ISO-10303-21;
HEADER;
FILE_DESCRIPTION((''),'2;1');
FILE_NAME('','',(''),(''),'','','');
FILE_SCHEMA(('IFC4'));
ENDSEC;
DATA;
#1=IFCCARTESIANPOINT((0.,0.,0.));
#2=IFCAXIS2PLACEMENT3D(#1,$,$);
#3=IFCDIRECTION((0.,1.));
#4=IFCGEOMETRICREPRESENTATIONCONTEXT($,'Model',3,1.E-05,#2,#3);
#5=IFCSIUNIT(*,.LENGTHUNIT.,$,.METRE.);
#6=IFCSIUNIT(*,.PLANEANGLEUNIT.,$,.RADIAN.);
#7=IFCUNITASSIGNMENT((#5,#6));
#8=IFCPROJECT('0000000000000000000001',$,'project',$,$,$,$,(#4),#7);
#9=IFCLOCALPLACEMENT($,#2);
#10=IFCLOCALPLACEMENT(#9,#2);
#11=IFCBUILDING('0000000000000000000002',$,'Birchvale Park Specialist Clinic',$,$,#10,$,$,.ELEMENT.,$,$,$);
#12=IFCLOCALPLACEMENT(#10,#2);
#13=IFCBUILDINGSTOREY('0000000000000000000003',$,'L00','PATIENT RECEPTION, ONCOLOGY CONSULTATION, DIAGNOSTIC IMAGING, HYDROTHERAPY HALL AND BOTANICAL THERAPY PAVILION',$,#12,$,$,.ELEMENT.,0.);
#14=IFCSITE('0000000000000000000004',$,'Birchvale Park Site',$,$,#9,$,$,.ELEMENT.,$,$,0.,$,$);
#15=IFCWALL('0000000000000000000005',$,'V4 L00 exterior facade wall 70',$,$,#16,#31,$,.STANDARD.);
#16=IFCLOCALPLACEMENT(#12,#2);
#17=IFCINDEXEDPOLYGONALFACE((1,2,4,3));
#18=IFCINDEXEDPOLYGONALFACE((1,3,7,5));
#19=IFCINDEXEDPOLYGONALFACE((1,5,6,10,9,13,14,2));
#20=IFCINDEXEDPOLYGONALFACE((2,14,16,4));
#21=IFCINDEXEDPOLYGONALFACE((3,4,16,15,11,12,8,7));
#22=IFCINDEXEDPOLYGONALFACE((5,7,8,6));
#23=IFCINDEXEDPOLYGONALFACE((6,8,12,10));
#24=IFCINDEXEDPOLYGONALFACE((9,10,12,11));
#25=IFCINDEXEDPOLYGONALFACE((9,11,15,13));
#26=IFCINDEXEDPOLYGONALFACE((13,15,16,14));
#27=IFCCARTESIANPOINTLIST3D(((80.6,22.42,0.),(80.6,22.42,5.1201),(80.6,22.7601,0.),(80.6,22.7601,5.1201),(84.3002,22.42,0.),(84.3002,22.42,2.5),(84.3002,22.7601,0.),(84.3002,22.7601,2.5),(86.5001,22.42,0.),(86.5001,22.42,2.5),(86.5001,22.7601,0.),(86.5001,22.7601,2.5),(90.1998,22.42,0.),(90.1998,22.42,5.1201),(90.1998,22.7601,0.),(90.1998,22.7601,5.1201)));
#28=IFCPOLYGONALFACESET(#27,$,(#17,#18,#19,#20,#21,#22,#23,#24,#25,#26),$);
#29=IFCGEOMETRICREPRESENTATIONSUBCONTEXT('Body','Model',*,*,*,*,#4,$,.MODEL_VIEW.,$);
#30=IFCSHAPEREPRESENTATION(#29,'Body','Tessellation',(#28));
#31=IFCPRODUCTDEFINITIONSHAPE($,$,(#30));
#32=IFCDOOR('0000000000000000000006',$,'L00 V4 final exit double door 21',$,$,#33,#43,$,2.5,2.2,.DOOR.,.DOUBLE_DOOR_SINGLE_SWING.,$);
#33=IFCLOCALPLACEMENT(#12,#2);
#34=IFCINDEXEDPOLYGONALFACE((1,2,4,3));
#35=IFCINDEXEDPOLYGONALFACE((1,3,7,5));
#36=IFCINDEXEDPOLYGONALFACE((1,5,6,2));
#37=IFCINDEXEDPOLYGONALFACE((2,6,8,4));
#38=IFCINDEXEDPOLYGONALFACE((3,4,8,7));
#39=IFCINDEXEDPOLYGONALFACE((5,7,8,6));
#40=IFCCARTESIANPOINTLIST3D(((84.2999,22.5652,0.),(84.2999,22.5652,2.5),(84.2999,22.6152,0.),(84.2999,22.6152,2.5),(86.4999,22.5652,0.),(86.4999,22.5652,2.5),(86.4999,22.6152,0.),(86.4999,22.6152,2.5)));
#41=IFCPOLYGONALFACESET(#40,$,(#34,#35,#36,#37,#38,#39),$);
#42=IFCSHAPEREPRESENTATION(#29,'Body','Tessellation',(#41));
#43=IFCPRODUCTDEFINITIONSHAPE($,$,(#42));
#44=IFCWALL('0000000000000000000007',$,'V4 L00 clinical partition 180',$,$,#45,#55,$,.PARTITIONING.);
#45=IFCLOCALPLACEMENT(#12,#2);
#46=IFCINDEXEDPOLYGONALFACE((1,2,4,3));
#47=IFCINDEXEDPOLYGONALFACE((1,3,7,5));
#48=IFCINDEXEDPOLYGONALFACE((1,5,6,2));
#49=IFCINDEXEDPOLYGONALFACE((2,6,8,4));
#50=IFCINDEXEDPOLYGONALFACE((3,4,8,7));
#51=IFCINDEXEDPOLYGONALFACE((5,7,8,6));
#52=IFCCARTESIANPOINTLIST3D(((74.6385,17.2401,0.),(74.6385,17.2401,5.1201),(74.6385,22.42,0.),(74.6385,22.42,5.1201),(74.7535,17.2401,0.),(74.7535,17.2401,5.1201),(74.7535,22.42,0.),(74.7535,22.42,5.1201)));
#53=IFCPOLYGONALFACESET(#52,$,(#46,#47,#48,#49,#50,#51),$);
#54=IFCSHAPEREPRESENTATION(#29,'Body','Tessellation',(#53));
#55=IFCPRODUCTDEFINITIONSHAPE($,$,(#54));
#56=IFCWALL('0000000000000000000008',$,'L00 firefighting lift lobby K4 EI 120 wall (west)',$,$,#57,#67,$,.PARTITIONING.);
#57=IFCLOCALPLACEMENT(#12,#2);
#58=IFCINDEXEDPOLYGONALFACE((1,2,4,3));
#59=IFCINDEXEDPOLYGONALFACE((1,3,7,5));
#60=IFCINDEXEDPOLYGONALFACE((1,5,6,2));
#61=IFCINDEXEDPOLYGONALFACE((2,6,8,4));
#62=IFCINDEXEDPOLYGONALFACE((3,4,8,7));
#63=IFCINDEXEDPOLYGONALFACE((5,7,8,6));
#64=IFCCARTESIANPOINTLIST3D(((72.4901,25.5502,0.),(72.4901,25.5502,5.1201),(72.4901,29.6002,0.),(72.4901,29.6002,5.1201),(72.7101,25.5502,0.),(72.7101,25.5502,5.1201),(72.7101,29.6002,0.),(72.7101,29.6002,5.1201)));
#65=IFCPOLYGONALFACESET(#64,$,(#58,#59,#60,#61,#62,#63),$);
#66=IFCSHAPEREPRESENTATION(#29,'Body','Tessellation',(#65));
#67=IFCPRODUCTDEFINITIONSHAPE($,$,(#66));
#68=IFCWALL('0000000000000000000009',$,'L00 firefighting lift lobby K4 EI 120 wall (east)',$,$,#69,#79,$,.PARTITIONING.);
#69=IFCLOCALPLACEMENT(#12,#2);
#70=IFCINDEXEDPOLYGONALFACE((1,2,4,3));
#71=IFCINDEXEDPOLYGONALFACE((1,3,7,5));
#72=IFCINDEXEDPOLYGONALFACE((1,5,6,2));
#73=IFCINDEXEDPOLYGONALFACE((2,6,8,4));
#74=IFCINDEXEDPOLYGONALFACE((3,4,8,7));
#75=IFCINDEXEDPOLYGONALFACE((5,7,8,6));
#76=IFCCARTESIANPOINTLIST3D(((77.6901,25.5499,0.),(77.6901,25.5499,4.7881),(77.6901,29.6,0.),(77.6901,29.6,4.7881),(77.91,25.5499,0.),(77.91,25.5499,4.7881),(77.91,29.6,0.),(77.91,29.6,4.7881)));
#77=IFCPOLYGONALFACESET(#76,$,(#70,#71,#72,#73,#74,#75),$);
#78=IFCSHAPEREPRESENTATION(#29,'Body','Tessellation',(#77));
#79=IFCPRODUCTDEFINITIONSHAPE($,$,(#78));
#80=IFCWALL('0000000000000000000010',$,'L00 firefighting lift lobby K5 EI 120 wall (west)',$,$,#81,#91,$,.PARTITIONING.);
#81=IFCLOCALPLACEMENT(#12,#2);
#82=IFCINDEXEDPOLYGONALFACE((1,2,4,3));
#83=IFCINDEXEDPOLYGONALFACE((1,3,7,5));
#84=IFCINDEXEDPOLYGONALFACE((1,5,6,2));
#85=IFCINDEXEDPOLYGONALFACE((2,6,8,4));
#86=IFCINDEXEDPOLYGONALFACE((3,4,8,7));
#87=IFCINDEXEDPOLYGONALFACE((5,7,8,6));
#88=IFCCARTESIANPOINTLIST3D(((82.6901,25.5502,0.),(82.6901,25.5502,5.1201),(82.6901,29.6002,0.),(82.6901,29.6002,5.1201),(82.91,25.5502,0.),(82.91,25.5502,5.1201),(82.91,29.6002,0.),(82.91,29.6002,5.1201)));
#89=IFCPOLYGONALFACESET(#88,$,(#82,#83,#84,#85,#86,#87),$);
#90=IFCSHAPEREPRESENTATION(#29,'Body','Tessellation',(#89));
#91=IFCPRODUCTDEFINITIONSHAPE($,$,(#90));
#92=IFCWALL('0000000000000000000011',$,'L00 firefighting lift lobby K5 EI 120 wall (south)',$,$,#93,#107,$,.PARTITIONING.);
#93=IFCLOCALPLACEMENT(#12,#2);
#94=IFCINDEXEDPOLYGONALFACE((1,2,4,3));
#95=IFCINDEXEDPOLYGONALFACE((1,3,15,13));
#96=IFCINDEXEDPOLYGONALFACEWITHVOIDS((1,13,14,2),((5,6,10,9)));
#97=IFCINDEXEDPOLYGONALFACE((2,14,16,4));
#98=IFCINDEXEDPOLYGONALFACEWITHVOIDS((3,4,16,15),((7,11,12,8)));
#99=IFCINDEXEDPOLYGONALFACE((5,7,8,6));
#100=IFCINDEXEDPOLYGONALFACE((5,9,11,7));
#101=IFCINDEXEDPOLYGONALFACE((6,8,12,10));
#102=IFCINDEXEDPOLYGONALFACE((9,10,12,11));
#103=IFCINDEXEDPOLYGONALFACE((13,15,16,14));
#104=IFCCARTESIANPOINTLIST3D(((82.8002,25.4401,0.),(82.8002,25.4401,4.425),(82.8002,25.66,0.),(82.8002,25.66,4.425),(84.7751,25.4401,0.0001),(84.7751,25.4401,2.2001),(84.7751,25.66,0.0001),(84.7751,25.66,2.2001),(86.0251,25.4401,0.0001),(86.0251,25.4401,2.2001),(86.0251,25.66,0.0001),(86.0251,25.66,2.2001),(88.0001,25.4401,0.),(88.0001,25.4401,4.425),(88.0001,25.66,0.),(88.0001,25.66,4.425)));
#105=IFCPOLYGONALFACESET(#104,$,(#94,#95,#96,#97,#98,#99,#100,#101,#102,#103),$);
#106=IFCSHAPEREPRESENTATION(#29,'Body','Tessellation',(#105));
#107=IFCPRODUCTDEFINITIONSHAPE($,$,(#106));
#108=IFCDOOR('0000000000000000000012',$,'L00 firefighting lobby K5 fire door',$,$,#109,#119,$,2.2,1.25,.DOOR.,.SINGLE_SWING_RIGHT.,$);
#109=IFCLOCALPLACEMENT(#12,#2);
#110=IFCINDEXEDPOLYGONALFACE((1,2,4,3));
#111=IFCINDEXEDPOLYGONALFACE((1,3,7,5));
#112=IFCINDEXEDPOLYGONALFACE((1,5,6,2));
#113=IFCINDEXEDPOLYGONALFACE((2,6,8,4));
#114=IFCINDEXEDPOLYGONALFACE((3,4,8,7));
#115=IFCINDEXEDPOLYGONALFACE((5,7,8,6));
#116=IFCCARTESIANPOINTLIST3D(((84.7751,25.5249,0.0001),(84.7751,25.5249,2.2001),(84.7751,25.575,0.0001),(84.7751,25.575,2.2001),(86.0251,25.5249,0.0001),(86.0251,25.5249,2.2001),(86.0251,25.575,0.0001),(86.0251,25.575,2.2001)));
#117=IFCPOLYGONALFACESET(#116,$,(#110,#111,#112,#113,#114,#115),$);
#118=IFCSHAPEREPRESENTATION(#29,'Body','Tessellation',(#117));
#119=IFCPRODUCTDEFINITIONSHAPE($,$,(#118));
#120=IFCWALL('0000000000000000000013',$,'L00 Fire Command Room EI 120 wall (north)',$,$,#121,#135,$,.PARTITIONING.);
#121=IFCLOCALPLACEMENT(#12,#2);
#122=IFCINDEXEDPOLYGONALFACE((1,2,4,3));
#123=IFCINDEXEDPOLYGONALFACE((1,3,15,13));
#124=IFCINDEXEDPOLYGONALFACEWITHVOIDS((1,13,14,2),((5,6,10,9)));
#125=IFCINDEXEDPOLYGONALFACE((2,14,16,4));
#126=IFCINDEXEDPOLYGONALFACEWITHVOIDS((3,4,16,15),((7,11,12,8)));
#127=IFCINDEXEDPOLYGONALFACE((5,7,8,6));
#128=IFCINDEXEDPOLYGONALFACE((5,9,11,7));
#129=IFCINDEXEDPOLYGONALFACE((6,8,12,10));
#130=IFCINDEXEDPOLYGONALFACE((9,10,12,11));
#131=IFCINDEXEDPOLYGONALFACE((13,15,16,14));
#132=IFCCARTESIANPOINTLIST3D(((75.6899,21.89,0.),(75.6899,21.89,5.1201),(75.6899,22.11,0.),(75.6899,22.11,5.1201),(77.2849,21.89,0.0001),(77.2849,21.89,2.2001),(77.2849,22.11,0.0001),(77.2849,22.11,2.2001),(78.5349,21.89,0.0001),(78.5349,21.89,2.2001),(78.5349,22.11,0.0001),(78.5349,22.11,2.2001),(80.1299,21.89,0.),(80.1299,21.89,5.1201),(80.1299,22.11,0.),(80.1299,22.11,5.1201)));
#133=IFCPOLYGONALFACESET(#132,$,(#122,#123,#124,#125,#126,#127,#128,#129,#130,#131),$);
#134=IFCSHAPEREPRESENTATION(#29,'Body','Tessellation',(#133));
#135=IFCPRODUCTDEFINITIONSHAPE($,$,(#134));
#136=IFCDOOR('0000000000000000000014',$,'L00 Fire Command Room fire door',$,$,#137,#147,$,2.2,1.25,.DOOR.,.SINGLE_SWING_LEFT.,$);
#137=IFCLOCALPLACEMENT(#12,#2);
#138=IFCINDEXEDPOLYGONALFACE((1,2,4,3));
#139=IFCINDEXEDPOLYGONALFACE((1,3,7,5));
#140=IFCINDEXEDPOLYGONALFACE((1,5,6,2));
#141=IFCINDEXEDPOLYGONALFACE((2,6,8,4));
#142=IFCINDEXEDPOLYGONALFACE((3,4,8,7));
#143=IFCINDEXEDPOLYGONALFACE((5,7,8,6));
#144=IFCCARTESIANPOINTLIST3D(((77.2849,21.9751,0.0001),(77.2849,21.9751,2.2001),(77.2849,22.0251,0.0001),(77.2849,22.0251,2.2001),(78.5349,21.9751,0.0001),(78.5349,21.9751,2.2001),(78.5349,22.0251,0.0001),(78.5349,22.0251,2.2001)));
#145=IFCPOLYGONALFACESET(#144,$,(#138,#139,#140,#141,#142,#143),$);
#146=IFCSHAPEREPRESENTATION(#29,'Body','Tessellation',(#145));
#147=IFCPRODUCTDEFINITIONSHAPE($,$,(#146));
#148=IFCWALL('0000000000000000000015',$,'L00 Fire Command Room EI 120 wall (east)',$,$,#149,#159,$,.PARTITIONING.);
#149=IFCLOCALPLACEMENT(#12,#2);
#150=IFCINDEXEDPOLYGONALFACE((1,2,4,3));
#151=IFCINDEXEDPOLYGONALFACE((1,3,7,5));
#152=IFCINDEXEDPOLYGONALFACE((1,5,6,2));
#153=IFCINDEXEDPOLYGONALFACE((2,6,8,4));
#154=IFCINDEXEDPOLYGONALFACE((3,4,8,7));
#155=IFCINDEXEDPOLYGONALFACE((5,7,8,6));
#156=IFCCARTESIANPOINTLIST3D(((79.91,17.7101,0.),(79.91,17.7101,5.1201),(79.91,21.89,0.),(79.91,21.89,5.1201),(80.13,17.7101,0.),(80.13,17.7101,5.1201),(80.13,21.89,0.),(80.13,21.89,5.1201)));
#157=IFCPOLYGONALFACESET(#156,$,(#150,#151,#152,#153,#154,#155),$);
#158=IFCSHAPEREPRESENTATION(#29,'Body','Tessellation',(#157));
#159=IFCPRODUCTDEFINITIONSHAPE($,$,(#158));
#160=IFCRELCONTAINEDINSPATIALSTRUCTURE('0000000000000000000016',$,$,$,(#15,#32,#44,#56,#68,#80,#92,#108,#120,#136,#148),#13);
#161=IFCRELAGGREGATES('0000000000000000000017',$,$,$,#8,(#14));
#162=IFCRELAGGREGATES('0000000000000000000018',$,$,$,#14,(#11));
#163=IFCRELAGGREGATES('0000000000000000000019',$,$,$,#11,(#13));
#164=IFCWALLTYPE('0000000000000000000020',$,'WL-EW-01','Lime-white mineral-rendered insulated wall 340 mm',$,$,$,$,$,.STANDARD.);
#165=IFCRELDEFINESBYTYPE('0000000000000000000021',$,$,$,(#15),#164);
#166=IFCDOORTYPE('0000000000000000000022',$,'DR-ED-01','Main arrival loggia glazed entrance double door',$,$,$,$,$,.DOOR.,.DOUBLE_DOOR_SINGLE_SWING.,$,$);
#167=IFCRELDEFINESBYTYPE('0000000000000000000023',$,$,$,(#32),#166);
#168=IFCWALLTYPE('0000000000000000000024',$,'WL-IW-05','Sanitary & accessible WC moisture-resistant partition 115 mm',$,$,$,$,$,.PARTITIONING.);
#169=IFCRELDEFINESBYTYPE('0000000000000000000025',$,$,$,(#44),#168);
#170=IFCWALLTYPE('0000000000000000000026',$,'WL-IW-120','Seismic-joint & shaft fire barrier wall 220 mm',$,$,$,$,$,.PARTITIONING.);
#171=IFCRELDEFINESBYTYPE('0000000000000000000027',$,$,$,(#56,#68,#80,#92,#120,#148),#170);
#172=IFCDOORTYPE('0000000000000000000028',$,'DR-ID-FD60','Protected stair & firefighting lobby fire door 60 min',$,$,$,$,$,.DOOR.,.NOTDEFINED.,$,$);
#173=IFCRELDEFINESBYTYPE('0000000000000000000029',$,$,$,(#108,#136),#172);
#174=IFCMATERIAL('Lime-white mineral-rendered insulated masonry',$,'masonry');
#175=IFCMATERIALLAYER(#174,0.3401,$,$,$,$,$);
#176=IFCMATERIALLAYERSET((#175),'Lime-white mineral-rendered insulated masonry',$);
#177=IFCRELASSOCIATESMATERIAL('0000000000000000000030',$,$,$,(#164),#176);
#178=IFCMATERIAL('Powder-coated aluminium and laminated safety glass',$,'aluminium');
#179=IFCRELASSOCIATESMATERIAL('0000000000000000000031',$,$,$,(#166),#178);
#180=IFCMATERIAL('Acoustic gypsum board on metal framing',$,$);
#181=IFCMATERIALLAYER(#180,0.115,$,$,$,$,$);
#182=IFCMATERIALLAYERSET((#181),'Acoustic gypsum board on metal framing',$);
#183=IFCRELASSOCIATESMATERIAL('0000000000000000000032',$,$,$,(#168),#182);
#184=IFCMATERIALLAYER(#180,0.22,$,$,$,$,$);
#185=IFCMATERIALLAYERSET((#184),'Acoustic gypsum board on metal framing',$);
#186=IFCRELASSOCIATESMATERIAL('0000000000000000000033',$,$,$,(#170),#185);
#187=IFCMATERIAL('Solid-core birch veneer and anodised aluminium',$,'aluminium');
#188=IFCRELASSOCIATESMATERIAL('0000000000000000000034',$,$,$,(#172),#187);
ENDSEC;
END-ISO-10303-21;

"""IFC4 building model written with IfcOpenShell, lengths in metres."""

from ifc_helpers import new_model, si_unit, direction, frame, frame_2d, origin, place, context, subcontext, project, spatial, rectangle, extrude, material, layer, layer_set, type_object, element, fill, save


model = new_model("IFC4")

# Units and contexts
model_context = context("Model", 3, precision=1e-05, world=origin(), true_north=direction((0.0, 1.0)))
body_context = subcontext(model_context, "Body", "Model", "MODEL_VIEW")
ifc_project = project(units=[si_unit("LENGTHUNIT", "METRE"), si_unit("PLANEANGLEUNIT", "RADIAN")], contexts=[model_context])

# Site, building, storey
site_placement = place(None, origin())
site = spatial("IfcSite", under=ifc_project, at=site_placement, Name="Birchvale Park Site", CompositionType="ELEMENT", RefElevation=0.0)
building_placement = place(site_placement, origin())
building = spatial("IfcBuilding", under=site, at=building_placement, Name="Birchvale Park Specialist Clinic", CompositionType="ELEMENT")
storey_placement = place(building_placement, origin())
storey = spatial("IfcBuildingStorey", under=building, at=storey_placement, Name="L00", Description="PATIENT RECEPTION, ONCOLOGY CONSULTATION, DIAGNOSTIC IMAGING, HYDROTHERAPY HALL AND BOTANICAL THERAPY PAVILION", CompositionType="ELEMENT", Elevation=0.0)

# Shared definitions
ifc_material_1 = material(Name="Solid-core birch veneer and anodised aluminium", Category="aluminium")

# Wall, opening, door
ifc_material_2 = material(Name="Lime-white mineral-rendered insulated masonry", Category="masonry")
ifc_layer_1 = layer(ifc_material_2, 0.3401)
ifc_layer_set_1 = layer_set([ifc_layer_1], Name="Lime-white mineral-rendered insulated masonry")
wall_type_1 = type_object("IfcWallType", Name="WL-EW-01", Description="Lime-white mineral-rendered insulated wall 340 mm", PredefinedType="STANDARD", material=ifc_layer_set_1)
wall_1_placement = place(storey_placement, frame((80.6001, 22.5901, 0.0), z_axis=(0.0, 0.0, 1.0), x_axis=(1.0, 0.0, 0.0)))
wall_1 = element("IfcWall", 1, at=wall_1_placement, inside=storey, type_object=wall_type_1, Name="V4 L00 exterior facade wall 70", PredefinedType="STANDARD", context=body_context, shape_type="SweptSolid", body=[
    extrude(rectangle(XDim=9.5999, YDim=0.3401, at=frame_2d((4.7998, 0.0))), origin(), (0.0, 0.0, 1.0), 5.1201),
])
opening_1_placement = place(wall_1_placement, frame((3.7, 0.0, 0.0)))
opening_1 = element("IfcOpeningElement", 2, at=opening_1_placement, cuts=wall_1, PredefinedType="OPENING", context=body_context, shape_type="SweptSolid", body=[
    extrude(rectangle(XDim=2.2, YDim=2.5, at=frame_2d((1.1001, 1.25))), frame((0.0, 0.1802, 0.0), z_axis=(0.0, -1.0, 0.0), x_axis=(1.0, 0.0, 0.0)), (0.0, 0.0, 1.0), 0.3601),
])
ifc_material_3 = material(Name="Powder-coated aluminium and laminated safety glass", Category="aluminium")
door_type_1 = type_object("IfcDoorType", Name="DR-ED-01", Description="Main arrival loggia glazed entrance double door", OperationType="DOUBLE_DOOR_SINGLE_SWING", PredefinedType="DOOR", material=ifc_material_3)
door_1_placement = place(opening_1_placement, frame((2.2, 0.0, 0.0), z_axis=(0.0, 0.0, 1.0), x_axis=(-1.0, 0.0, 0.0)))
door_1 = element("IfcDoor", 3, at=door_1_placement, inside=storey, type_object=door_type_1, Name="L00 V4 final exit double door 21", OperationType="DOUBLE_DOOR_SINGLE_SWING", OverallHeight=2.5, OverallWidth=2.2, PredefinedType="DOOR", context=body_context, shape_type="SweptSolid", body=[
    extrude(rectangle(XDim=2.2, YDim=2.5, at=frame_2d((1.1001, 1.25))), frame((0.0, 0.0249, 0.0), z_axis=(0.0, -1.0, 0.0), x_axis=(1.0, 0.0, 0.0)), (0.0, 0.0, 1.0), 0.05),
])
fill(opening_1, door_1)

# Walls
ifc_material_4 = material(Name="Acoustic gypsum board on metal framing")
ifc_layer_2 = layer(ifc_material_4, 0.115)
ifc_layer_set_2 = layer_set([ifc_layer_2], Name="Acoustic gypsum board on metal framing")
wall_type_2 = type_object("IfcWallType", Name="WL-IW-05", Description="Sanitary & accessible WC moisture-resistant partition 115 mm", PredefinedType="PARTITIONING", material=ifc_layer_set_2)
wall_2_placement = place(storey_placement, frame((74.696, 22.4199, 0.0), z_axis=(0.0, 0.0, 1.0), x_axis=(0.0, -1.0, 0.0)))
element("IfcWall", 4, at=wall_2_placement, inside=storey, type_object=wall_type_2, Name="V4 L00 clinical partition 180", PredefinedType="PARTITIONING", context=body_context, shape_type="SweptSolid", body=[
    extrude(rectangle(XDim=5.1799, YDim=0.115, at=frame_2d((2.5898, 0.0))), origin(), (0.0, 0.0, 1.0), 5.1201),
])
ifc_layer_3 = layer(ifc_material_4, 0.22)
ifc_layer_set_3 = layer_set([ifc_layer_3], Name="Acoustic gypsum board on metal framing")
wall_type_3 = type_object("IfcWallType", Name="WL-IW-120", Description="Seismic-joint & shaft fire barrier wall 220 mm", PredefinedType="PARTITIONING", material=ifc_layer_set_3)
wall_3_placement = place(storey_placement, frame((72.6001, 29.6001, 0.0), z_axis=(0.0, 0.0, 1.0), x_axis=(0.0, -1.0, 0.0)))
element("IfcWall", 5, at=wall_3_placement, inside=storey, type_object=wall_type_3, Name="L00 firefighting lift lobby K4 EI 120 wall (west)", PredefinedType="PARTITIONING", context=body_context, shape_type="SweptSolid", body=[
    extrude(rectangle(XDim=4.05, YDim=0.22, at=frame_2d((2.0249, 0.0))), origin(), (0.0, 0.0, 1.0), 5.1201),
])
wall_4_placement = place(storey_placement, frame((77.8, 25.55, 0.0), z_axis=(0.0, 0.0, 1.0), x_axis=(0.0, 1.0, 0.0)))
element("IfcWall", 6, at=wall_4_placement, inside=storey, type_object=wall_type_3, Name="L00 firefighting lift lobby K4 EI 120 wall (east)", PredefinedType="PARTITIONING", context=body_context, shape_type="SweptSolid", body=[
    extrude(rectangle(XDim=4.05, YDim=0.22, at=frame_2d((2.0249, 0.0))), origin(), (0.0, 0.0, 1.0), 4.7881),
])
wall_5_placement = place(storey_placement, frame((82.8, 29.6001, 0.0), z_axis=(0.0, 0.0, 1.0), x_axis=(0.0, -1.0, 0.0)))
element("IfcWall", 7, at=wall_5_placement, inside=storey, type_object=wall_type_3, Name="L00 firefighting lift lobby K5 EI 120 wall (west)", PredefinedType="PARTITIONING", context=body_context, shape_type="SweptSolid", body=[
    extrude(rectangle(XDim=4.05, YDim=0.22, at=frame_2d((2.0249, 0.0))), origin(), (0.0, 0.0, 1.0), 5.1201),
])

# Walls, openings, doors
wall_6_placement = place(storey_placement, frame((82.8, 25.55, 0.0), z_axis=(0.0, 0.0, 1.0), x_axis=(1.0, 0.0, 0.0)))
wall_6 = element("IfcWall", 8, at=wall_6_placement, inside=storey, type_object=wall_type_3, Name="L00 firefighting lift lobby K5 EI 120 wall (south)", PredefinedType="PARTITIONING", context=body_context, shape_type="SweptSolid", body=[
    extrude(rectangle(XDim=5.2, YDim=0.22, at=frame_2d((2.6001, 0.0))), origin(), (0.0, 0.0, 1.0), 4.425),
])
opening_2_placement = place(wall_6_placement, frame((1.9751, 0.0, 0.0)))
opening_2 = element("IfcOpeningElement", 9, at=opening_2_placement, cuts=wall_6, PredefinedType="OPENING", context=body_context, shape_type="SweptSolid", body=[
    extrude(rectangle(XDim=1.25, YDim=2.2, at=frame_2d((0.625, 1.1001))), frame((0.0, 0.1201, 0.0), z_axis=(0.0, -1.0, 0.0), x_axis=(1.0, 0.0, 0.0)), (0.0, 0.0, 1.0), 0.24),
])
door_type_2 = type_object("IfcDoorType", Name="DR-ID-FD60", Description="Protected stair & firefighting lobby fire door 60 min", OperationType="NOTDEFINED", PredefinedType="DOOR", material=ifc_material_1)
door_2_placement = place(opening_2_placement, origin())
door_2 = element("IfcDoor", 10, at=door_2_placement, inside=storey, type_object=door_type_2, Name="L00 firefighting lobby K5 fire door", OperationType="SINGLE_SWING_RIGHT", OverallHeight=2.2, OverallWidth=1.25, PredefinedType="DOOR", context=body_context, shape_type="SweptSolid", body=[
    extrude(rectangle(XDim=1.25, YDim=2.2, at=frame_2d((0.625, 1.1001))), frame((0.0, 0.0249, 0.0), z_axis=(0.0, -1.0, 0.0), x_axis=(1.0, 0.0, 0.0)), (0.0, 0.0, 1.0), 0.05),
])
fill(opening_2, door_2)
wall_7_placement = place(storey_placement, frame((80.1299, 22.0, 0.0), z_axis=(0.0, 0.0, 1.0), x_axis=(-1.0, 0.0, 0.0)))
wall_7 = element("IfcWall", 11, at=wall_7_placement, inside=storey, type_object=wall_type_3, Name="L00 Fire Command Room EI 120 wall (north)", PredefinedType="PARTITIONING", context=body_context, shape_type="SweptSolid", body=[
    extrude(rectangle(XDim=4.4399, YDim=0.22, at=frame_2d((2.22, 0.0))), origin(), (0.0, 0.0, 1.0), 5.1201),
])
opening_3_placement = place(wall_7_placement, frame((1.595, 0.0, 0.0)))
opening_3 = element("IfcOpeningElement", 12, at=opening_3_placement, cuts=wall_7, PredefinedType="OPENING", context=body_context, shape_type="SweptSolid", body=[
    extrude(rectangle(XDim=1.25, YDim=2.2, at=frame_2d((0.625, 1.1001))), frame((0.0, 0.1201, 0.0), z_axis=(0.0, -1.0, 0.0), x_axis=(1.0, 0.0, 0.0)), (0.0, 0.0, 1.0), 0.24),
])
door_3_placement = place(opening_3_placement, origin())
door_3 = element("IfcDoor", 13, at=door_3_placement, inside=storey, type_object=door_type_2, Name="L00 Fire Command Room fire door", OperationType="SINGLE_SWING_LEFT", OverallHeight=2.2, OverallWidth=1.25, PredefinedType="DOOR", context=body_context, shape_type="SweptSolid", body=[
    extrude(rectangle(XDim=1.25, YDim=2.2, at=frame_2d((0.625, 1.1001))), frame((0.0, 0.0249, 0.0), z_axis=(0.0, -1.0, 0.0), x_axis=(1.0, 0.0, 0.0)), (0.0, 0.0, 1.0), 0.05),
])
fill(opening_3, door_3)

# Wall
wall_8_placement = place(storey_placement, frame((80.02, 21.8899, 0.0), z_axis=(0.0, 0.0, 1.0), x_axis=(0.0, -1.0, 0.0)))
element("IfcWall", 14, at=wall_8_placement, inside=storey, type_object=wall_type_3, Name="L00 Fire Command Room EI 120 wall (east)", PredefinedType="PARTITIONING", context=body_context, shape_type="SweptSolid", body=[
    extrude(rectangle(XDim=4.1799, YDim=0.22, at=frame_2d((2.0898, 0.0))), origin(), (0.0, 0.0, 1.0), 5.1201),
])

save(model, "model.ifc")
